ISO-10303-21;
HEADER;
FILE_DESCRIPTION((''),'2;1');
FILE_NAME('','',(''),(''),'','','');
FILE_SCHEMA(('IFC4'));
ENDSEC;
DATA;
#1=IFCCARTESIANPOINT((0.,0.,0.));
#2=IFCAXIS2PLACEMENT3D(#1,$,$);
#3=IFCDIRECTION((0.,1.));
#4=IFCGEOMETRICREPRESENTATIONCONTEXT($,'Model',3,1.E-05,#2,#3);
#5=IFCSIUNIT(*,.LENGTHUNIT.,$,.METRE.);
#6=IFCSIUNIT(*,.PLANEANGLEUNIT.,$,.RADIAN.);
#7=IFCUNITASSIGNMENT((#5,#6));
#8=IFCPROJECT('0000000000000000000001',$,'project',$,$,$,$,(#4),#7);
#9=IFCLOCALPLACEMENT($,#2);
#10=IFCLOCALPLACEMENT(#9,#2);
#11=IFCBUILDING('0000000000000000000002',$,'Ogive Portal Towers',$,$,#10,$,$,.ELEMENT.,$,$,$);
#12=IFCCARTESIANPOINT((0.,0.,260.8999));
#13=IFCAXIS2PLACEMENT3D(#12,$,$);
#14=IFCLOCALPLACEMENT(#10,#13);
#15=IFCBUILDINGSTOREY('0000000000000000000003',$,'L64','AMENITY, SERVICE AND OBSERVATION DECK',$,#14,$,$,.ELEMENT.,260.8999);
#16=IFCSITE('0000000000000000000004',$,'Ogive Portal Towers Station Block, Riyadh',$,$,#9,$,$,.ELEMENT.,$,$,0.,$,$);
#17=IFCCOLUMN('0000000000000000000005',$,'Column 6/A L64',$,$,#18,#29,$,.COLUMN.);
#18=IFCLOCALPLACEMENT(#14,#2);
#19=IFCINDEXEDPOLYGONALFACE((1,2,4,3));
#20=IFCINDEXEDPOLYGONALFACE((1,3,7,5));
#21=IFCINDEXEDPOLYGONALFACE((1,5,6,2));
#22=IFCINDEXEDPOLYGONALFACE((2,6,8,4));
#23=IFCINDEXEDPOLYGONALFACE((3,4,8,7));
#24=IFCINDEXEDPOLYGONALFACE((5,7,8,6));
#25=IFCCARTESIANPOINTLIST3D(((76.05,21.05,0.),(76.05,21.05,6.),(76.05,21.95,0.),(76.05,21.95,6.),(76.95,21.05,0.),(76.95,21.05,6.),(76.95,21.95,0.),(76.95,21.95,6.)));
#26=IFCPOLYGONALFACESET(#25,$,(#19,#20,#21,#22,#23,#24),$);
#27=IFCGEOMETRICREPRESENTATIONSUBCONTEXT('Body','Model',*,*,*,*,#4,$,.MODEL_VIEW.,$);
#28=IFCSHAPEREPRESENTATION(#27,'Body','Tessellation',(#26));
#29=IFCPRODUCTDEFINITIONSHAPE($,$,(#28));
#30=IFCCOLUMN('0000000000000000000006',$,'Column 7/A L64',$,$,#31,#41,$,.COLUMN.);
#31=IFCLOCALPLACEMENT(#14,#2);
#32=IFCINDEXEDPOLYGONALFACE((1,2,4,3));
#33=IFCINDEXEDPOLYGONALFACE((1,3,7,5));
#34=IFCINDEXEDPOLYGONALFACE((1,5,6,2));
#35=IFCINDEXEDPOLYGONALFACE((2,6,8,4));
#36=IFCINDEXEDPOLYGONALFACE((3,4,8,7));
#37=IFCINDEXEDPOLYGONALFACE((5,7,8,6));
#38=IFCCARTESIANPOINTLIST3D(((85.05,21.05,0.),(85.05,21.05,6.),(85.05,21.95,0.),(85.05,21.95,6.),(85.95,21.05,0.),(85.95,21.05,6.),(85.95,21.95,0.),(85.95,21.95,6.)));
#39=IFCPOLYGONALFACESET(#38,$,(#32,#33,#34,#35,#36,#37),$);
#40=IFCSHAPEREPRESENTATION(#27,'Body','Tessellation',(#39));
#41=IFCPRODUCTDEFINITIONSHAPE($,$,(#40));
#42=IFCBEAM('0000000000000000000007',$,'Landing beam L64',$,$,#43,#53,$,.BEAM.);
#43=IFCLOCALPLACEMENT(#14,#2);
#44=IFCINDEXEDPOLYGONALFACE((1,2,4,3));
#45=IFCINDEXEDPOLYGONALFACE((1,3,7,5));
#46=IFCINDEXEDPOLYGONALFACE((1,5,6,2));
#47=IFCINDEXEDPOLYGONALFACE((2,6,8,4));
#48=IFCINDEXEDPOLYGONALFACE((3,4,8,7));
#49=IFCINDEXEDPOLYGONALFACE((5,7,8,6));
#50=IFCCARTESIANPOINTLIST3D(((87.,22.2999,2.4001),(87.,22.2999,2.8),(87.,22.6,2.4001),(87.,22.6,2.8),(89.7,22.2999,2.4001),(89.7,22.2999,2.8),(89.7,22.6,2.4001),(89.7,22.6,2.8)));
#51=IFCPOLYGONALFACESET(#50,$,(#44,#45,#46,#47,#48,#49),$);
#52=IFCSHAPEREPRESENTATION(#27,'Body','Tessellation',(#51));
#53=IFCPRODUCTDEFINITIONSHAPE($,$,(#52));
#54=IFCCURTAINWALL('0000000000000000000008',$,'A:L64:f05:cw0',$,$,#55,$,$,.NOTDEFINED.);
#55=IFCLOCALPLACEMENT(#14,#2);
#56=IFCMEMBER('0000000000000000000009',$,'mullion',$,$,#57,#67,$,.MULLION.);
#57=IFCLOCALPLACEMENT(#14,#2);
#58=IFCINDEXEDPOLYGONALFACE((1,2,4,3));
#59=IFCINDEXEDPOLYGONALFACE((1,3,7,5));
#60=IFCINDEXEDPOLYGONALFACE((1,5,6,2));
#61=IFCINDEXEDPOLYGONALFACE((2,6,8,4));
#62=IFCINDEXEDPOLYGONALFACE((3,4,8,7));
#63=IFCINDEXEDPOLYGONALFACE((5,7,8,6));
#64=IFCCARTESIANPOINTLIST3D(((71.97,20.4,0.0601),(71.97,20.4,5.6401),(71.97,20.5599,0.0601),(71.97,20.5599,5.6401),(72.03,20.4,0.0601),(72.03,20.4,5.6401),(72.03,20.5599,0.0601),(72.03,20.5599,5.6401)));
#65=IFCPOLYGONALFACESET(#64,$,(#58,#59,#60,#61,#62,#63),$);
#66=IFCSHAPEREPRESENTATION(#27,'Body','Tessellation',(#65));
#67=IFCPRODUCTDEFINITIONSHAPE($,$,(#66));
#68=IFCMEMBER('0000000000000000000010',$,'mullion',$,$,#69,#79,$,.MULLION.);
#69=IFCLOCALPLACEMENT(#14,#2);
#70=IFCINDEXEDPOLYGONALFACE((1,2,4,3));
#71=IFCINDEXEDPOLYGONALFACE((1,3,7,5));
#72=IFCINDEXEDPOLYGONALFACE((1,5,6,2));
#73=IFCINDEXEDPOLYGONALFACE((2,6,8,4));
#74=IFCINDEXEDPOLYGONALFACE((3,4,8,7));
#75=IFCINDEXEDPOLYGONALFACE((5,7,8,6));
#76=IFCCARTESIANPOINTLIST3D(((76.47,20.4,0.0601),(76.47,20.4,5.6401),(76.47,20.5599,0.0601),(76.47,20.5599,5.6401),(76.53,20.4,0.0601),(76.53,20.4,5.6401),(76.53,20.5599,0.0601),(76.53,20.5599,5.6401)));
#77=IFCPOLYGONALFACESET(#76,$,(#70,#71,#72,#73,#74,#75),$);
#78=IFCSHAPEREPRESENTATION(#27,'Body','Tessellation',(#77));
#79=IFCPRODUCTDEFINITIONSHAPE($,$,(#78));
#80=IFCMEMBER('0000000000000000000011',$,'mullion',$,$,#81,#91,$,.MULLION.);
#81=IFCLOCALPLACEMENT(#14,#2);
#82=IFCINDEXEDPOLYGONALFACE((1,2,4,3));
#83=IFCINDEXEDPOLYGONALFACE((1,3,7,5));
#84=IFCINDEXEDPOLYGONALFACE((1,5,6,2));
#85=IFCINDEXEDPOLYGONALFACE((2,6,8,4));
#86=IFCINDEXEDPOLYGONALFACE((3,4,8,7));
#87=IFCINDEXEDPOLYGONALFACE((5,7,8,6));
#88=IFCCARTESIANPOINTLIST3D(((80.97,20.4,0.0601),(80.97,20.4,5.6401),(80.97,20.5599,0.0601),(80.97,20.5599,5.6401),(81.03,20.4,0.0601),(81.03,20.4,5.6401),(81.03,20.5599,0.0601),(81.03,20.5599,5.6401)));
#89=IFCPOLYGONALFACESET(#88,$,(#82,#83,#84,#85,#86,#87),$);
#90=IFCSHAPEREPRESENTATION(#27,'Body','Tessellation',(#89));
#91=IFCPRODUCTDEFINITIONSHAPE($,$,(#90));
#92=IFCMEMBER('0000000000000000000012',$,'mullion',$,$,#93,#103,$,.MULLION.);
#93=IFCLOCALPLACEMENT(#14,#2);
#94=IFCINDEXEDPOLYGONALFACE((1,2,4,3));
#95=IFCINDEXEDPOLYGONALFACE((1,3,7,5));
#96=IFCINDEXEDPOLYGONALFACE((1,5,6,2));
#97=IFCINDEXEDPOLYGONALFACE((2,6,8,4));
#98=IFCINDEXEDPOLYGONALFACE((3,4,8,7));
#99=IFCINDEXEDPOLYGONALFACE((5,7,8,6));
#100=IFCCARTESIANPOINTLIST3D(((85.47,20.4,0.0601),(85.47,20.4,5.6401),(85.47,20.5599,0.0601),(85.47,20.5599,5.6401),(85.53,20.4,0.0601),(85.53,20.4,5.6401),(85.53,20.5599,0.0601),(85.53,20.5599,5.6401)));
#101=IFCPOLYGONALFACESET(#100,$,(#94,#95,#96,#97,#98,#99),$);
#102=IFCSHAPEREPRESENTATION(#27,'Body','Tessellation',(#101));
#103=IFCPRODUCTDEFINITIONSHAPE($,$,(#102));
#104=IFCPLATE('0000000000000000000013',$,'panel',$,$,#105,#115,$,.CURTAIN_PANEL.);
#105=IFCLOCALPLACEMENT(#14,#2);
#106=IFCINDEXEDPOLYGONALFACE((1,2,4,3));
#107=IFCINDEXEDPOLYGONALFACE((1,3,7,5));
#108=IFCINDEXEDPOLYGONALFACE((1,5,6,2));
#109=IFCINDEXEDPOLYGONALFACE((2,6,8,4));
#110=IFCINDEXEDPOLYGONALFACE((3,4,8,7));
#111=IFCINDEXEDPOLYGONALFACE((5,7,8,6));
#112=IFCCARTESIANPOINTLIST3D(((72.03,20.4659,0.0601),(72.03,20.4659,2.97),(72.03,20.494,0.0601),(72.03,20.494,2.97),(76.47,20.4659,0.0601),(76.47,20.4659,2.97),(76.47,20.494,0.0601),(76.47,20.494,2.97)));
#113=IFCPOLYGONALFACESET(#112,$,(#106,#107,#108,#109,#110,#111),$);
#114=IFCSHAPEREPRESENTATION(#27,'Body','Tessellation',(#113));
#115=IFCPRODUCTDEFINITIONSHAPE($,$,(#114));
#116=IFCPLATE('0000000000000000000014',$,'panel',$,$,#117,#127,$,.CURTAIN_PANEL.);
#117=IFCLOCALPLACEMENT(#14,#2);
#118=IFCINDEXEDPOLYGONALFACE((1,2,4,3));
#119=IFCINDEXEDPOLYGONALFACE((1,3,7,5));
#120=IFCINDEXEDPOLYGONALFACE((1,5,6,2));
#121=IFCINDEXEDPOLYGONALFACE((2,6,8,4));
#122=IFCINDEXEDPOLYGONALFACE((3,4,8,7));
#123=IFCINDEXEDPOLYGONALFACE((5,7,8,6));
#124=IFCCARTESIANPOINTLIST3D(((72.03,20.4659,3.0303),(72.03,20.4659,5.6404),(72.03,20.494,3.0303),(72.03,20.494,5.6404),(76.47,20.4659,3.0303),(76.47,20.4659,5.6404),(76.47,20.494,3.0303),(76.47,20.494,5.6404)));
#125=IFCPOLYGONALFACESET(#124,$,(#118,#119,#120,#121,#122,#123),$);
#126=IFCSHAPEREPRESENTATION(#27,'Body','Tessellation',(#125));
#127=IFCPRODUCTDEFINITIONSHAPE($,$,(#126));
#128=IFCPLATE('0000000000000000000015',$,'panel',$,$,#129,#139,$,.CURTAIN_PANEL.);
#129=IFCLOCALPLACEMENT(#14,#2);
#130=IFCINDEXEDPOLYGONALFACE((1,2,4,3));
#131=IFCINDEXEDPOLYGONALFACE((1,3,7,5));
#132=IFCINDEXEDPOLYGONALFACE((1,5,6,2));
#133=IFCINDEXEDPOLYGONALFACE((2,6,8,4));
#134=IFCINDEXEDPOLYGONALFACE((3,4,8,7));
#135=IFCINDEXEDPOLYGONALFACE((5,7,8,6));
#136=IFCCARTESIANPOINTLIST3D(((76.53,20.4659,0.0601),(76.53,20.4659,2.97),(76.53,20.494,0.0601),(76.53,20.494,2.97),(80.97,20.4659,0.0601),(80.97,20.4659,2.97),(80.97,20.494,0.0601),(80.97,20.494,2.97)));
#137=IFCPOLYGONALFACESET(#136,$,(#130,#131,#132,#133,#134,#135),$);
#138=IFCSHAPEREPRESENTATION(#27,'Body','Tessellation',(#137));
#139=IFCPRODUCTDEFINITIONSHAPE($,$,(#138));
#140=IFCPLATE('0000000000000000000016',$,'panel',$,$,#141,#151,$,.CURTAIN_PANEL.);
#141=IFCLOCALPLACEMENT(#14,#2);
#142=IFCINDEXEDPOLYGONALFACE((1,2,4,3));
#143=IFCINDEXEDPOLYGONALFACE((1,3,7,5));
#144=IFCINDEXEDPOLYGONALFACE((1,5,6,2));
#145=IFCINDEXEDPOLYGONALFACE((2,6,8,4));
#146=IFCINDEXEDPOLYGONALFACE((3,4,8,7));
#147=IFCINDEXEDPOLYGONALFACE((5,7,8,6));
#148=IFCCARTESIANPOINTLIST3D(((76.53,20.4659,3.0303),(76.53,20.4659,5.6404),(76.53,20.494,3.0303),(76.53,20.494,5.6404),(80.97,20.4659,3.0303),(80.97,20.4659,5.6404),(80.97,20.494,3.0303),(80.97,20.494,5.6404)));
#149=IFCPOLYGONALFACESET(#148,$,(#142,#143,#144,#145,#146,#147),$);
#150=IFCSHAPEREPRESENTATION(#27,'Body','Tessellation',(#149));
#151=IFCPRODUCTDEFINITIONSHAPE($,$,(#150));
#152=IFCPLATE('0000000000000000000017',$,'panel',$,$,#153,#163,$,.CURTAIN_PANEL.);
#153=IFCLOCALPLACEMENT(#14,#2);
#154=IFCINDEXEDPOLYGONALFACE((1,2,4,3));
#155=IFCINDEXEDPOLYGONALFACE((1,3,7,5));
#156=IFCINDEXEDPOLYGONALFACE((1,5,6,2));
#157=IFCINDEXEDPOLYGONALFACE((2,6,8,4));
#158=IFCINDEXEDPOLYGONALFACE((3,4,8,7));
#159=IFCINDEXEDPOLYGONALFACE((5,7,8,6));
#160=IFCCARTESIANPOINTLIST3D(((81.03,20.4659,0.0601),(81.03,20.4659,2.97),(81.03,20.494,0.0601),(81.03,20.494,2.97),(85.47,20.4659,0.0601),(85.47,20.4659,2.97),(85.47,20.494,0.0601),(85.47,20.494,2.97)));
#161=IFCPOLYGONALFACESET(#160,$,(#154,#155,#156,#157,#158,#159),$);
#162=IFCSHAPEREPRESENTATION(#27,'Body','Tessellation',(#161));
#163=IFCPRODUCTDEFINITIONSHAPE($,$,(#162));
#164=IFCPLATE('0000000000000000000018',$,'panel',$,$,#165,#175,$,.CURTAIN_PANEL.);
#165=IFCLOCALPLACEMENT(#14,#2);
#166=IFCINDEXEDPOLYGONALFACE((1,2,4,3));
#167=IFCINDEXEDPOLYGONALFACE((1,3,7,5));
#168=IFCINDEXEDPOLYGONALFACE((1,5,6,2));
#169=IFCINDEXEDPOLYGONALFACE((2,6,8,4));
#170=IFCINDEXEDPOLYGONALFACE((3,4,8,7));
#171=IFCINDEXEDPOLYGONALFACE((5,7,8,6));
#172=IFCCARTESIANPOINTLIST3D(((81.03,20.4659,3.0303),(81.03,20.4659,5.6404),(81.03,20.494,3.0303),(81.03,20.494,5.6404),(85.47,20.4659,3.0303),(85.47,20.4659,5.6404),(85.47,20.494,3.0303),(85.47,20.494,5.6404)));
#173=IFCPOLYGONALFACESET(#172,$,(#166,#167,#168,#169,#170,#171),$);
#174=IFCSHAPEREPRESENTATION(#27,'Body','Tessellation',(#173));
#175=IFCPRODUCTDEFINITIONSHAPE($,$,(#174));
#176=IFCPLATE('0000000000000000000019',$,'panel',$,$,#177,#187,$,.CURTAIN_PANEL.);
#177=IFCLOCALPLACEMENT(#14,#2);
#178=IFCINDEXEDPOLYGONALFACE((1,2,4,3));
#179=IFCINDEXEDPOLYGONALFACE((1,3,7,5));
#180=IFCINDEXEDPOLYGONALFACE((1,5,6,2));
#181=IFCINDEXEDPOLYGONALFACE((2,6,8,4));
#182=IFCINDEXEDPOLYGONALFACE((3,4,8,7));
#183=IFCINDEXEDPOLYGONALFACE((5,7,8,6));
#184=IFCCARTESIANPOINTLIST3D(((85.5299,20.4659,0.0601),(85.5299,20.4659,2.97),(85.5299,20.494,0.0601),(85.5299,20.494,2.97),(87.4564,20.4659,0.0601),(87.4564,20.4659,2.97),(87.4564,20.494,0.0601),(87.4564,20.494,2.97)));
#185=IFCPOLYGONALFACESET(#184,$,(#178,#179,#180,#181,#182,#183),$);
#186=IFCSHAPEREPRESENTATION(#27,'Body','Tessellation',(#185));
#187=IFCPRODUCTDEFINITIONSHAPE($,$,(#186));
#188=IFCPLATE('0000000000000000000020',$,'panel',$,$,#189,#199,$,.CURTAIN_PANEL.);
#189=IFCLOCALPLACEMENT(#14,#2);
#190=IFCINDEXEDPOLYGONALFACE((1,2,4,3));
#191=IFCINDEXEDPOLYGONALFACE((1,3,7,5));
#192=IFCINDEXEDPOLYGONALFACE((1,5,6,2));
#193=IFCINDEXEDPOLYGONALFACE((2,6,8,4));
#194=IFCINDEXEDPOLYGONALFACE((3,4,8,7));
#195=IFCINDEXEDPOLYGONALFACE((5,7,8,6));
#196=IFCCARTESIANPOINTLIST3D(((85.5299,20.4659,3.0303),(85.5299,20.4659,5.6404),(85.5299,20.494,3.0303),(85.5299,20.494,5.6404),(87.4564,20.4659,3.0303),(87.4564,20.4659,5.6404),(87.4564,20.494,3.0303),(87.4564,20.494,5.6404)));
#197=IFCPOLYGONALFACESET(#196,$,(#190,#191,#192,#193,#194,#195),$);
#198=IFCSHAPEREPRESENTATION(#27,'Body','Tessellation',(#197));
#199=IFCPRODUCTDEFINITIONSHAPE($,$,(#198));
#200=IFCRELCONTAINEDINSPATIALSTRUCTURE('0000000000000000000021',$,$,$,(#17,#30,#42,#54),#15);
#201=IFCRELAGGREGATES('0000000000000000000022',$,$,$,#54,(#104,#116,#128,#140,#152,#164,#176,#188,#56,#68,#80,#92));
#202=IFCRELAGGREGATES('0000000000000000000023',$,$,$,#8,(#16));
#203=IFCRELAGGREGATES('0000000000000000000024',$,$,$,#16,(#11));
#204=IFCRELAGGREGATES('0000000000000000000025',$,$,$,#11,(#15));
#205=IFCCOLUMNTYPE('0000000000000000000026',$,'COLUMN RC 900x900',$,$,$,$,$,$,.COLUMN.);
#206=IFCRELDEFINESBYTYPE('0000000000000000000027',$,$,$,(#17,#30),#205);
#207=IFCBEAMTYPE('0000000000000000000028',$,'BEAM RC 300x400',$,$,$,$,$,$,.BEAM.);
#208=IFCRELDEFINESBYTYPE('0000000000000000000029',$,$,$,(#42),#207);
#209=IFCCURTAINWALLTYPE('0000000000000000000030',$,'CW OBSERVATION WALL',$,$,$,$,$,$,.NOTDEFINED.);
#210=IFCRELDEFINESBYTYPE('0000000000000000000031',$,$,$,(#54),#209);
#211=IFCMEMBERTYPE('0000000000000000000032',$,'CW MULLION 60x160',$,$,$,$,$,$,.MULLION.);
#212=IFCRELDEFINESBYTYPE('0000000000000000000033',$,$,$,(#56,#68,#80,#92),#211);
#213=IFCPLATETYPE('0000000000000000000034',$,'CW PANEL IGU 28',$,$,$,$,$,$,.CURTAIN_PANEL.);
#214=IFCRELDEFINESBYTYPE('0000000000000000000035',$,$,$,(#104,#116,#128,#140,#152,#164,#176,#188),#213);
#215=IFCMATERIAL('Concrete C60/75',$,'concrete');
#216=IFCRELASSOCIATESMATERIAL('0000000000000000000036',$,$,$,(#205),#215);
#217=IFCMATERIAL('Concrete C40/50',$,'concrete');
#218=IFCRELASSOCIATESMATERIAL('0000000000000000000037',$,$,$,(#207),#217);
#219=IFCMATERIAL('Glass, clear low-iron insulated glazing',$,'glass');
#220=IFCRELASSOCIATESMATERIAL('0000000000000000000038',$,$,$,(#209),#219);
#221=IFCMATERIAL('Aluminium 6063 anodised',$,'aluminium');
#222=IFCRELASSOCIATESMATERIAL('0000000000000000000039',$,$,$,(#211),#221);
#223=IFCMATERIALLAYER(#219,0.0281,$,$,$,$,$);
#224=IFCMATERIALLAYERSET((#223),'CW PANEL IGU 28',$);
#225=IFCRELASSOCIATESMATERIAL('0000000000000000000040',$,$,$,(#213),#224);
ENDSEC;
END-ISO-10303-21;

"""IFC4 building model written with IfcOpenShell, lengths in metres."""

from ifc_helpers import new_model, si_unit, direction, frame, origin, origin_2d, place, context, subcontext, project, spatial, rectangle, extrude, material, layer, layer_set, material_profile, profile_set, type_object, element, aggregate, save


model = new_model("IFC4")

# Units and contexts
model_context = context("Model", 3, precision=1e-05, world=origin(), true_north=direction((0.0, 1.0)))
body_context = subcontext(model_context, "Body", "Model", "MODEL_VIEW")
ifc_project = project(units=[si_unit("LENGTHUNIT", "METRE"), si_unit("PLANEANGLEUNIT", "RADIAN")], contexts=[model_context])

# Site, building, storey
site_placement = place(None, origin())
site = spatial("IfcSite", under=ifc_project, at=site_placement, Name="Ogive Portal Towers Station Block, Riyadh", CompositionType="ELEMENT", RefElevation=0.0)
building_placement = place(site_placement, origin())
building = spatial("IfcBuilding", under=site, at=building_placement, Name="Ogive Portal Towers", CompositionType="ELEMENT")
storey_placement = place(building_placement, frame((0.0, 0.0, 260.8999)))
storey = spatial("IfcBuildingStorey", under=building, at=storey_placement, Name="L64", Description="AMENITY, SERVICE AND OBSERVATION DECK", CompositionType="ELEMENT", Elevation=260.8999)

# Columns
ifc_material_1 = material(Name="Concrete C60/75", Category="concrete")
ifc_material_profile_1 = material_profile(ifc_material_1, rectangle(XDim=0.8999, YDim=0.8999, at=origin_2d()), Name="RC 900x900")
ifc_profile_set_1 = profile_set([ifc_material_profile_1], Name="Concrete C60/75")
column_type = type_object("IfcColumnType", Name="COLUMN RC 900x900", PredefinedType="COLUMN", material=ifc_profile_set_1)
for number, where, z_axis, x_axis, name in (
    (1, (76.5, 21.5, 0.0), (0.0, 0.0, 1.0), (1.0, 0.0, 0.0), "Column 6/A L64"),
    (2, (85.5, 21.5, 0.0), (0.0, 0.0, 1.0), (1.0, 0.0, 0.0), "Column 7/A L64"),
):
    element("IfcColumn", number, at=place(storey_placement, frame(where, z_axis=z_axis, x_axis=x_axis)), inside=storey, type_object=column_type, Name=name, PredefinedType="COLUMN", context=body_context, shape_type="SweptSolid", body=[
        extrude(rectangle(XDim=0.8999, YDim=0.8999, at=origin_2d()), origin(), (0.0, 0.0, 1.0), 6.0),
    ])

# Beam
ifc_material_2 = material(Name="Concrete C40/50", Category="concrete")
ifc_material_profile_2 = material_profile(ifc_material_2, rectangle(XDim=0.3, YDim=0.3999, at=origin_2d()), Name="RC 300x400")
ifc_profile_set_2 = profile_set([ifc_material_profile_2], Name="Concrete C40/50")
beam_type = type_object("IfcBeamType", Name="BEAM RC 300x400", PredefinedType="BEAM", material=ifc_profile_set_2)
beam_placement = place(storey_placement, frame((87.0, 22.45, 2.6001), z_axis=(1.0, 0.0, 0.0), x_axis=(0.0, 1.0, 0.0)))
element("IfcBeam", 3, at=beam_placement, inside=storey, type_object=beam_type, Name="Landing beam L64", PredefinedType="BEAM", context=body_context, shape_type="SweptSolid", body=[
    extrude(rectangle(XDim=0.3, YDim=0.3999, at=origin_2d()), origin(), (0.0, 0.0, 1.0), 2.7),
])

# Curtain wall, members, plates
ifc_material_3 = material(Name="Glass, clear low-iron insulated glazing", Category="glass")
curtain_wall_type = type_object("IfcCurtainWallType", Name="CW OBSERVATION WALL", PredefinedType="NOTDEFINED", material=ifc_material_3)
curtain_wall_placement = place(storey_placement, origin())
curtain_wall = element("IfcCurtainWall", 4, at=curtain_wall_placement, inside=storey, type_object=curtain_wall_type, Name="A:L64:f05:cw0", PredefinedType="NOTDEFINED")
ifc_material_4 = material(Name="Aluminium 6063 anodised", Category="aluminium")
ifc_material_profile_3 = material_profile(ifc_material_4, rectangle(XDim=0.1599, YDim=0.0601, at=origin_2d()), Name="AL 60x160")
ifc_profile_set_3 = profile_set([ifc_material_profile_3], Name="Aluminium 6063 anodised")
member_type = type_object("IfcMemberType", Name="CW MULLION 60x160", PredefinedType="MULLION", material=ifc_profile_set_3)
member_1_placement = place(storey_placement, frame((72.0, 20.48, 0.0601), z_axis=(0.0, 0.0, 1.0), x_axis=(0.0, 1.0, 0.0)))
member_1 = element("IfcMember", 5, at=member_1_placement, type_object=member_type, Name="mullion", PredefinedType="MULLION", context=body_context, shape_type="SweptSolid", body=[
    extrude(rectangle(XDim=0.1599, YDim=0.0601, at=origin_2d()), origin(), (0.0, 0.0, 1.0), 5.5801),
])
member_2_placement = place(storey_placement, frame((76.5, 20.48, 0.0601), z_axis=(0.0, 0.0, 1.0), x_axis=(0.0, 1.0, 0.0)))
member_2 = element("IfcMember", 6, at=member_2_placement, type_object=member_type, Name="mullion", PredefinedType="MULLION", context=body_context, shape_type="SweptSolid", body=[
    extrude(rectangle(XDim=0.1599, YDim=0.0601, at=origin_2d()), origin(), (0.0, 0.0, 1.0), 5.5801),
])
member_3_placement = place(storey_placement, frame((81.0, 20.48, 0.0601), z_axis=(0.0, 0.0, 1.0), x_axis=(0.0, 1.0, 0.0)))
member_3 = element("IfcMember", 7, at=member_3_placement, type_object=member_type, Name="mullion", PredefinedType="MULLION", context=body_context, shape_type="SweptSolid", body=[
    extrude(rectangle(XDim=0.1599, YDim=0.0601, at=origin_2d()), origin(), (0.0, 0.0, 1.0), 5.5801),
])
member_4_placement = place(storey_placement, frame((85.5, 20.48, 0.0601), z_axis=(0.0, 0.0, 1.0), x_axis=(0.0, 1.0, 0.0)))
member_4 = element("IfcMember", 8, at=member_4_placement, type_object=member_type, Name="mullion", PredefinedType="MULLION", context=body_context, shape_type="SweptSolid", body=[
    extrude(rectangle(XDim=0.1599, YDim=0.0601, at=origin_2d()), origin(), (0.0, 0.0, 1.0), 5.5801),
])
ifc_layer_1 = layer(ifc_material_3, 0.0281)
ifc_layer_set_1 = layer_set([ifc_layer_1], Name="CW PANEL IGU 28")
plate_type = type_object("IfcPlateType", Name="CW PANEL IGU 28", PredefinedType="CURTAIN_PANEL", material=ifc_layer_set_1)
plate_1_placement = place(storey_placement, frame((74.25, 20.48, 0.0601), z_axis=(0.0, 0.0, 1.0), x_axis=(1.0, 0.0, 0.0)))
plate_1 = element("IfcPlate", 9, at=plate_1_placement, type_object=plate_type, Name="panel", PredefinedType="CURTAIN_PANEL", context=body_context, shape_type="SweptSolid", body=[
    extrude(rectangle(XDim=4.4399, YDim=0.0281, at=origin_2d()), origin(), (0.0, 0.0, 1.0), 2.9099),
])
plate_2_placement = place(storey_placement, frame((74.25, 20.48, 3.0303), z_axis=(0.0, 0.0, 1.0), x_axis=(1.0, 0.0, 0.0)))
plate_2 = element("IfcPlate", 10, at=plate_2_placement, type_object=plate_type, Name="panel", PredefinedType="CURTAIN_PANEL", context=body_context, shape_type="SweptSolid", body=[
    extrude(rectangle(XDim=4.4399, YDim=0.0281, at=origin_2d()), origin(), (0.0, 0.0, 1.0), 2.6101),
])
plate_3_placement = place(storey_placement, frame((78.75, 20.48, 0.0601), z_axis=(0.0, 0.0, 1.0), x_axis=(1.0, 0.0, 0.0)))
plate_3 = element("IfcPlate", 11, at=plate_3_placement, type_object=plate_type, Name="panel", PredefinedType="CURTAIN_PANEL", context=body_context, shape_type="SweptSolid", body=[
    extrude(rectangle(XDim=4.4399, YDim=0.0281, at=origin_2d()), origin(), (0.0, 0.0, 1.0), 2.9099),
])
plate_4_placement = place(storey_placement, frame((78.75, 20.48, 3.0303), z_axis=(0.0, 0.0, 1.0), x_axis=(1.0, 0.0, 0.0)))
plate_4 = element("IfcPlate", 12, at=plate_4_placement, type_object=plate_type, Name="panel", PredefinedType="CURTAIN_PANEL", context=body_context, shape_type="SweptSolid", body=[
    extrude(rectangle(XDim=4.4399, YDim=0.0281, at=origin_2d()), origin(), (0.0, 0.0, 1.0), 2.6101),
])
plate_5_placement = place(storey_placement, frame((83.25, 20.48, 0.0601), z_axis=(0.0, 0.0, 1.0), x_axis=(1.0, 0.0, 0.0)))
plate_5 = element("IfcPlate", 13, at=plate_5_placement, type_object=plate_type, Name="panel", PredefinedType="CURTAIN_PANEL", context=body_context, shape_type="SweptSolid", body=[
    extrude(rectangle(XDim=4.4399, YDim=0.0281, at=origin_2d()), origin(), (0.0, 0.0, 1.0), 2.9099),
])
plate_6_placement = place(storey_placement, frame((83.25, 20.48, 3.0303), z_axis=(0.0, 0.0, 1.0), x_axis=(1.0, 0.0, 0.0)))
plate_6 = element("IfcPlate", 14, at=plate_6_placement, type_object=plate_type, Name="panel", PredefinedType="CURTAIN_PANEL", context=body_context, shape_type="SweptSolid", body=[
    extrude(rectangle(XDim=4.4399, YDim=0.0281, at=origin_2d()), origin(), (0.0, 0.0, 1.0), 2.6101),
])
plate_7_placement = place(storey_placement, frame((86.4932, 20.48, 0.0601), z_axis=(0.0, 0.0, 1.0), x_axis=(1.0, 0.0, 0.0)))
plate_7 = element("IfcPlate", 15, at=plate_7_placement, type_object=plate_type, Name="panel", PredefinedType="CURTAIN_PANEL", context=body_context, shape_type="SweptSolid", body=[
    extrude(rectangle(XDim=1.9265, YDim=0.0281, at=origin_2d()), origin(), (0.0, 0.0, 1.0), 2.9099),
])
plate_8_placement = place(storey_placement, frame((86.4932, 20.48, 3.0303), z_axis=(0.0, 0.0, 1.0), x_axis=(1.0, 0.0, 0.0)))
plate_8 = element("IfcPlate", 16, at=plate_8_placement, type_object=plate_type, Name="panel", PredefinedType="CURTAIN_PANEL", context=body_context, shape_type="SweptSolid", body=[
    extrude(rectangle(XDim=1.9265, YDim=0.0281, at=origin_2d()), origin(), (0.0, 0.0, 1.0), 2.6101),
])
aggregate(curtain_wall, [plate_1, plate_2, plate_3, plate_4, plate_5, plate_6, plate_7, plate_8, member_1, member_2, member_3, member_4])

save(model, "model.ifc")
